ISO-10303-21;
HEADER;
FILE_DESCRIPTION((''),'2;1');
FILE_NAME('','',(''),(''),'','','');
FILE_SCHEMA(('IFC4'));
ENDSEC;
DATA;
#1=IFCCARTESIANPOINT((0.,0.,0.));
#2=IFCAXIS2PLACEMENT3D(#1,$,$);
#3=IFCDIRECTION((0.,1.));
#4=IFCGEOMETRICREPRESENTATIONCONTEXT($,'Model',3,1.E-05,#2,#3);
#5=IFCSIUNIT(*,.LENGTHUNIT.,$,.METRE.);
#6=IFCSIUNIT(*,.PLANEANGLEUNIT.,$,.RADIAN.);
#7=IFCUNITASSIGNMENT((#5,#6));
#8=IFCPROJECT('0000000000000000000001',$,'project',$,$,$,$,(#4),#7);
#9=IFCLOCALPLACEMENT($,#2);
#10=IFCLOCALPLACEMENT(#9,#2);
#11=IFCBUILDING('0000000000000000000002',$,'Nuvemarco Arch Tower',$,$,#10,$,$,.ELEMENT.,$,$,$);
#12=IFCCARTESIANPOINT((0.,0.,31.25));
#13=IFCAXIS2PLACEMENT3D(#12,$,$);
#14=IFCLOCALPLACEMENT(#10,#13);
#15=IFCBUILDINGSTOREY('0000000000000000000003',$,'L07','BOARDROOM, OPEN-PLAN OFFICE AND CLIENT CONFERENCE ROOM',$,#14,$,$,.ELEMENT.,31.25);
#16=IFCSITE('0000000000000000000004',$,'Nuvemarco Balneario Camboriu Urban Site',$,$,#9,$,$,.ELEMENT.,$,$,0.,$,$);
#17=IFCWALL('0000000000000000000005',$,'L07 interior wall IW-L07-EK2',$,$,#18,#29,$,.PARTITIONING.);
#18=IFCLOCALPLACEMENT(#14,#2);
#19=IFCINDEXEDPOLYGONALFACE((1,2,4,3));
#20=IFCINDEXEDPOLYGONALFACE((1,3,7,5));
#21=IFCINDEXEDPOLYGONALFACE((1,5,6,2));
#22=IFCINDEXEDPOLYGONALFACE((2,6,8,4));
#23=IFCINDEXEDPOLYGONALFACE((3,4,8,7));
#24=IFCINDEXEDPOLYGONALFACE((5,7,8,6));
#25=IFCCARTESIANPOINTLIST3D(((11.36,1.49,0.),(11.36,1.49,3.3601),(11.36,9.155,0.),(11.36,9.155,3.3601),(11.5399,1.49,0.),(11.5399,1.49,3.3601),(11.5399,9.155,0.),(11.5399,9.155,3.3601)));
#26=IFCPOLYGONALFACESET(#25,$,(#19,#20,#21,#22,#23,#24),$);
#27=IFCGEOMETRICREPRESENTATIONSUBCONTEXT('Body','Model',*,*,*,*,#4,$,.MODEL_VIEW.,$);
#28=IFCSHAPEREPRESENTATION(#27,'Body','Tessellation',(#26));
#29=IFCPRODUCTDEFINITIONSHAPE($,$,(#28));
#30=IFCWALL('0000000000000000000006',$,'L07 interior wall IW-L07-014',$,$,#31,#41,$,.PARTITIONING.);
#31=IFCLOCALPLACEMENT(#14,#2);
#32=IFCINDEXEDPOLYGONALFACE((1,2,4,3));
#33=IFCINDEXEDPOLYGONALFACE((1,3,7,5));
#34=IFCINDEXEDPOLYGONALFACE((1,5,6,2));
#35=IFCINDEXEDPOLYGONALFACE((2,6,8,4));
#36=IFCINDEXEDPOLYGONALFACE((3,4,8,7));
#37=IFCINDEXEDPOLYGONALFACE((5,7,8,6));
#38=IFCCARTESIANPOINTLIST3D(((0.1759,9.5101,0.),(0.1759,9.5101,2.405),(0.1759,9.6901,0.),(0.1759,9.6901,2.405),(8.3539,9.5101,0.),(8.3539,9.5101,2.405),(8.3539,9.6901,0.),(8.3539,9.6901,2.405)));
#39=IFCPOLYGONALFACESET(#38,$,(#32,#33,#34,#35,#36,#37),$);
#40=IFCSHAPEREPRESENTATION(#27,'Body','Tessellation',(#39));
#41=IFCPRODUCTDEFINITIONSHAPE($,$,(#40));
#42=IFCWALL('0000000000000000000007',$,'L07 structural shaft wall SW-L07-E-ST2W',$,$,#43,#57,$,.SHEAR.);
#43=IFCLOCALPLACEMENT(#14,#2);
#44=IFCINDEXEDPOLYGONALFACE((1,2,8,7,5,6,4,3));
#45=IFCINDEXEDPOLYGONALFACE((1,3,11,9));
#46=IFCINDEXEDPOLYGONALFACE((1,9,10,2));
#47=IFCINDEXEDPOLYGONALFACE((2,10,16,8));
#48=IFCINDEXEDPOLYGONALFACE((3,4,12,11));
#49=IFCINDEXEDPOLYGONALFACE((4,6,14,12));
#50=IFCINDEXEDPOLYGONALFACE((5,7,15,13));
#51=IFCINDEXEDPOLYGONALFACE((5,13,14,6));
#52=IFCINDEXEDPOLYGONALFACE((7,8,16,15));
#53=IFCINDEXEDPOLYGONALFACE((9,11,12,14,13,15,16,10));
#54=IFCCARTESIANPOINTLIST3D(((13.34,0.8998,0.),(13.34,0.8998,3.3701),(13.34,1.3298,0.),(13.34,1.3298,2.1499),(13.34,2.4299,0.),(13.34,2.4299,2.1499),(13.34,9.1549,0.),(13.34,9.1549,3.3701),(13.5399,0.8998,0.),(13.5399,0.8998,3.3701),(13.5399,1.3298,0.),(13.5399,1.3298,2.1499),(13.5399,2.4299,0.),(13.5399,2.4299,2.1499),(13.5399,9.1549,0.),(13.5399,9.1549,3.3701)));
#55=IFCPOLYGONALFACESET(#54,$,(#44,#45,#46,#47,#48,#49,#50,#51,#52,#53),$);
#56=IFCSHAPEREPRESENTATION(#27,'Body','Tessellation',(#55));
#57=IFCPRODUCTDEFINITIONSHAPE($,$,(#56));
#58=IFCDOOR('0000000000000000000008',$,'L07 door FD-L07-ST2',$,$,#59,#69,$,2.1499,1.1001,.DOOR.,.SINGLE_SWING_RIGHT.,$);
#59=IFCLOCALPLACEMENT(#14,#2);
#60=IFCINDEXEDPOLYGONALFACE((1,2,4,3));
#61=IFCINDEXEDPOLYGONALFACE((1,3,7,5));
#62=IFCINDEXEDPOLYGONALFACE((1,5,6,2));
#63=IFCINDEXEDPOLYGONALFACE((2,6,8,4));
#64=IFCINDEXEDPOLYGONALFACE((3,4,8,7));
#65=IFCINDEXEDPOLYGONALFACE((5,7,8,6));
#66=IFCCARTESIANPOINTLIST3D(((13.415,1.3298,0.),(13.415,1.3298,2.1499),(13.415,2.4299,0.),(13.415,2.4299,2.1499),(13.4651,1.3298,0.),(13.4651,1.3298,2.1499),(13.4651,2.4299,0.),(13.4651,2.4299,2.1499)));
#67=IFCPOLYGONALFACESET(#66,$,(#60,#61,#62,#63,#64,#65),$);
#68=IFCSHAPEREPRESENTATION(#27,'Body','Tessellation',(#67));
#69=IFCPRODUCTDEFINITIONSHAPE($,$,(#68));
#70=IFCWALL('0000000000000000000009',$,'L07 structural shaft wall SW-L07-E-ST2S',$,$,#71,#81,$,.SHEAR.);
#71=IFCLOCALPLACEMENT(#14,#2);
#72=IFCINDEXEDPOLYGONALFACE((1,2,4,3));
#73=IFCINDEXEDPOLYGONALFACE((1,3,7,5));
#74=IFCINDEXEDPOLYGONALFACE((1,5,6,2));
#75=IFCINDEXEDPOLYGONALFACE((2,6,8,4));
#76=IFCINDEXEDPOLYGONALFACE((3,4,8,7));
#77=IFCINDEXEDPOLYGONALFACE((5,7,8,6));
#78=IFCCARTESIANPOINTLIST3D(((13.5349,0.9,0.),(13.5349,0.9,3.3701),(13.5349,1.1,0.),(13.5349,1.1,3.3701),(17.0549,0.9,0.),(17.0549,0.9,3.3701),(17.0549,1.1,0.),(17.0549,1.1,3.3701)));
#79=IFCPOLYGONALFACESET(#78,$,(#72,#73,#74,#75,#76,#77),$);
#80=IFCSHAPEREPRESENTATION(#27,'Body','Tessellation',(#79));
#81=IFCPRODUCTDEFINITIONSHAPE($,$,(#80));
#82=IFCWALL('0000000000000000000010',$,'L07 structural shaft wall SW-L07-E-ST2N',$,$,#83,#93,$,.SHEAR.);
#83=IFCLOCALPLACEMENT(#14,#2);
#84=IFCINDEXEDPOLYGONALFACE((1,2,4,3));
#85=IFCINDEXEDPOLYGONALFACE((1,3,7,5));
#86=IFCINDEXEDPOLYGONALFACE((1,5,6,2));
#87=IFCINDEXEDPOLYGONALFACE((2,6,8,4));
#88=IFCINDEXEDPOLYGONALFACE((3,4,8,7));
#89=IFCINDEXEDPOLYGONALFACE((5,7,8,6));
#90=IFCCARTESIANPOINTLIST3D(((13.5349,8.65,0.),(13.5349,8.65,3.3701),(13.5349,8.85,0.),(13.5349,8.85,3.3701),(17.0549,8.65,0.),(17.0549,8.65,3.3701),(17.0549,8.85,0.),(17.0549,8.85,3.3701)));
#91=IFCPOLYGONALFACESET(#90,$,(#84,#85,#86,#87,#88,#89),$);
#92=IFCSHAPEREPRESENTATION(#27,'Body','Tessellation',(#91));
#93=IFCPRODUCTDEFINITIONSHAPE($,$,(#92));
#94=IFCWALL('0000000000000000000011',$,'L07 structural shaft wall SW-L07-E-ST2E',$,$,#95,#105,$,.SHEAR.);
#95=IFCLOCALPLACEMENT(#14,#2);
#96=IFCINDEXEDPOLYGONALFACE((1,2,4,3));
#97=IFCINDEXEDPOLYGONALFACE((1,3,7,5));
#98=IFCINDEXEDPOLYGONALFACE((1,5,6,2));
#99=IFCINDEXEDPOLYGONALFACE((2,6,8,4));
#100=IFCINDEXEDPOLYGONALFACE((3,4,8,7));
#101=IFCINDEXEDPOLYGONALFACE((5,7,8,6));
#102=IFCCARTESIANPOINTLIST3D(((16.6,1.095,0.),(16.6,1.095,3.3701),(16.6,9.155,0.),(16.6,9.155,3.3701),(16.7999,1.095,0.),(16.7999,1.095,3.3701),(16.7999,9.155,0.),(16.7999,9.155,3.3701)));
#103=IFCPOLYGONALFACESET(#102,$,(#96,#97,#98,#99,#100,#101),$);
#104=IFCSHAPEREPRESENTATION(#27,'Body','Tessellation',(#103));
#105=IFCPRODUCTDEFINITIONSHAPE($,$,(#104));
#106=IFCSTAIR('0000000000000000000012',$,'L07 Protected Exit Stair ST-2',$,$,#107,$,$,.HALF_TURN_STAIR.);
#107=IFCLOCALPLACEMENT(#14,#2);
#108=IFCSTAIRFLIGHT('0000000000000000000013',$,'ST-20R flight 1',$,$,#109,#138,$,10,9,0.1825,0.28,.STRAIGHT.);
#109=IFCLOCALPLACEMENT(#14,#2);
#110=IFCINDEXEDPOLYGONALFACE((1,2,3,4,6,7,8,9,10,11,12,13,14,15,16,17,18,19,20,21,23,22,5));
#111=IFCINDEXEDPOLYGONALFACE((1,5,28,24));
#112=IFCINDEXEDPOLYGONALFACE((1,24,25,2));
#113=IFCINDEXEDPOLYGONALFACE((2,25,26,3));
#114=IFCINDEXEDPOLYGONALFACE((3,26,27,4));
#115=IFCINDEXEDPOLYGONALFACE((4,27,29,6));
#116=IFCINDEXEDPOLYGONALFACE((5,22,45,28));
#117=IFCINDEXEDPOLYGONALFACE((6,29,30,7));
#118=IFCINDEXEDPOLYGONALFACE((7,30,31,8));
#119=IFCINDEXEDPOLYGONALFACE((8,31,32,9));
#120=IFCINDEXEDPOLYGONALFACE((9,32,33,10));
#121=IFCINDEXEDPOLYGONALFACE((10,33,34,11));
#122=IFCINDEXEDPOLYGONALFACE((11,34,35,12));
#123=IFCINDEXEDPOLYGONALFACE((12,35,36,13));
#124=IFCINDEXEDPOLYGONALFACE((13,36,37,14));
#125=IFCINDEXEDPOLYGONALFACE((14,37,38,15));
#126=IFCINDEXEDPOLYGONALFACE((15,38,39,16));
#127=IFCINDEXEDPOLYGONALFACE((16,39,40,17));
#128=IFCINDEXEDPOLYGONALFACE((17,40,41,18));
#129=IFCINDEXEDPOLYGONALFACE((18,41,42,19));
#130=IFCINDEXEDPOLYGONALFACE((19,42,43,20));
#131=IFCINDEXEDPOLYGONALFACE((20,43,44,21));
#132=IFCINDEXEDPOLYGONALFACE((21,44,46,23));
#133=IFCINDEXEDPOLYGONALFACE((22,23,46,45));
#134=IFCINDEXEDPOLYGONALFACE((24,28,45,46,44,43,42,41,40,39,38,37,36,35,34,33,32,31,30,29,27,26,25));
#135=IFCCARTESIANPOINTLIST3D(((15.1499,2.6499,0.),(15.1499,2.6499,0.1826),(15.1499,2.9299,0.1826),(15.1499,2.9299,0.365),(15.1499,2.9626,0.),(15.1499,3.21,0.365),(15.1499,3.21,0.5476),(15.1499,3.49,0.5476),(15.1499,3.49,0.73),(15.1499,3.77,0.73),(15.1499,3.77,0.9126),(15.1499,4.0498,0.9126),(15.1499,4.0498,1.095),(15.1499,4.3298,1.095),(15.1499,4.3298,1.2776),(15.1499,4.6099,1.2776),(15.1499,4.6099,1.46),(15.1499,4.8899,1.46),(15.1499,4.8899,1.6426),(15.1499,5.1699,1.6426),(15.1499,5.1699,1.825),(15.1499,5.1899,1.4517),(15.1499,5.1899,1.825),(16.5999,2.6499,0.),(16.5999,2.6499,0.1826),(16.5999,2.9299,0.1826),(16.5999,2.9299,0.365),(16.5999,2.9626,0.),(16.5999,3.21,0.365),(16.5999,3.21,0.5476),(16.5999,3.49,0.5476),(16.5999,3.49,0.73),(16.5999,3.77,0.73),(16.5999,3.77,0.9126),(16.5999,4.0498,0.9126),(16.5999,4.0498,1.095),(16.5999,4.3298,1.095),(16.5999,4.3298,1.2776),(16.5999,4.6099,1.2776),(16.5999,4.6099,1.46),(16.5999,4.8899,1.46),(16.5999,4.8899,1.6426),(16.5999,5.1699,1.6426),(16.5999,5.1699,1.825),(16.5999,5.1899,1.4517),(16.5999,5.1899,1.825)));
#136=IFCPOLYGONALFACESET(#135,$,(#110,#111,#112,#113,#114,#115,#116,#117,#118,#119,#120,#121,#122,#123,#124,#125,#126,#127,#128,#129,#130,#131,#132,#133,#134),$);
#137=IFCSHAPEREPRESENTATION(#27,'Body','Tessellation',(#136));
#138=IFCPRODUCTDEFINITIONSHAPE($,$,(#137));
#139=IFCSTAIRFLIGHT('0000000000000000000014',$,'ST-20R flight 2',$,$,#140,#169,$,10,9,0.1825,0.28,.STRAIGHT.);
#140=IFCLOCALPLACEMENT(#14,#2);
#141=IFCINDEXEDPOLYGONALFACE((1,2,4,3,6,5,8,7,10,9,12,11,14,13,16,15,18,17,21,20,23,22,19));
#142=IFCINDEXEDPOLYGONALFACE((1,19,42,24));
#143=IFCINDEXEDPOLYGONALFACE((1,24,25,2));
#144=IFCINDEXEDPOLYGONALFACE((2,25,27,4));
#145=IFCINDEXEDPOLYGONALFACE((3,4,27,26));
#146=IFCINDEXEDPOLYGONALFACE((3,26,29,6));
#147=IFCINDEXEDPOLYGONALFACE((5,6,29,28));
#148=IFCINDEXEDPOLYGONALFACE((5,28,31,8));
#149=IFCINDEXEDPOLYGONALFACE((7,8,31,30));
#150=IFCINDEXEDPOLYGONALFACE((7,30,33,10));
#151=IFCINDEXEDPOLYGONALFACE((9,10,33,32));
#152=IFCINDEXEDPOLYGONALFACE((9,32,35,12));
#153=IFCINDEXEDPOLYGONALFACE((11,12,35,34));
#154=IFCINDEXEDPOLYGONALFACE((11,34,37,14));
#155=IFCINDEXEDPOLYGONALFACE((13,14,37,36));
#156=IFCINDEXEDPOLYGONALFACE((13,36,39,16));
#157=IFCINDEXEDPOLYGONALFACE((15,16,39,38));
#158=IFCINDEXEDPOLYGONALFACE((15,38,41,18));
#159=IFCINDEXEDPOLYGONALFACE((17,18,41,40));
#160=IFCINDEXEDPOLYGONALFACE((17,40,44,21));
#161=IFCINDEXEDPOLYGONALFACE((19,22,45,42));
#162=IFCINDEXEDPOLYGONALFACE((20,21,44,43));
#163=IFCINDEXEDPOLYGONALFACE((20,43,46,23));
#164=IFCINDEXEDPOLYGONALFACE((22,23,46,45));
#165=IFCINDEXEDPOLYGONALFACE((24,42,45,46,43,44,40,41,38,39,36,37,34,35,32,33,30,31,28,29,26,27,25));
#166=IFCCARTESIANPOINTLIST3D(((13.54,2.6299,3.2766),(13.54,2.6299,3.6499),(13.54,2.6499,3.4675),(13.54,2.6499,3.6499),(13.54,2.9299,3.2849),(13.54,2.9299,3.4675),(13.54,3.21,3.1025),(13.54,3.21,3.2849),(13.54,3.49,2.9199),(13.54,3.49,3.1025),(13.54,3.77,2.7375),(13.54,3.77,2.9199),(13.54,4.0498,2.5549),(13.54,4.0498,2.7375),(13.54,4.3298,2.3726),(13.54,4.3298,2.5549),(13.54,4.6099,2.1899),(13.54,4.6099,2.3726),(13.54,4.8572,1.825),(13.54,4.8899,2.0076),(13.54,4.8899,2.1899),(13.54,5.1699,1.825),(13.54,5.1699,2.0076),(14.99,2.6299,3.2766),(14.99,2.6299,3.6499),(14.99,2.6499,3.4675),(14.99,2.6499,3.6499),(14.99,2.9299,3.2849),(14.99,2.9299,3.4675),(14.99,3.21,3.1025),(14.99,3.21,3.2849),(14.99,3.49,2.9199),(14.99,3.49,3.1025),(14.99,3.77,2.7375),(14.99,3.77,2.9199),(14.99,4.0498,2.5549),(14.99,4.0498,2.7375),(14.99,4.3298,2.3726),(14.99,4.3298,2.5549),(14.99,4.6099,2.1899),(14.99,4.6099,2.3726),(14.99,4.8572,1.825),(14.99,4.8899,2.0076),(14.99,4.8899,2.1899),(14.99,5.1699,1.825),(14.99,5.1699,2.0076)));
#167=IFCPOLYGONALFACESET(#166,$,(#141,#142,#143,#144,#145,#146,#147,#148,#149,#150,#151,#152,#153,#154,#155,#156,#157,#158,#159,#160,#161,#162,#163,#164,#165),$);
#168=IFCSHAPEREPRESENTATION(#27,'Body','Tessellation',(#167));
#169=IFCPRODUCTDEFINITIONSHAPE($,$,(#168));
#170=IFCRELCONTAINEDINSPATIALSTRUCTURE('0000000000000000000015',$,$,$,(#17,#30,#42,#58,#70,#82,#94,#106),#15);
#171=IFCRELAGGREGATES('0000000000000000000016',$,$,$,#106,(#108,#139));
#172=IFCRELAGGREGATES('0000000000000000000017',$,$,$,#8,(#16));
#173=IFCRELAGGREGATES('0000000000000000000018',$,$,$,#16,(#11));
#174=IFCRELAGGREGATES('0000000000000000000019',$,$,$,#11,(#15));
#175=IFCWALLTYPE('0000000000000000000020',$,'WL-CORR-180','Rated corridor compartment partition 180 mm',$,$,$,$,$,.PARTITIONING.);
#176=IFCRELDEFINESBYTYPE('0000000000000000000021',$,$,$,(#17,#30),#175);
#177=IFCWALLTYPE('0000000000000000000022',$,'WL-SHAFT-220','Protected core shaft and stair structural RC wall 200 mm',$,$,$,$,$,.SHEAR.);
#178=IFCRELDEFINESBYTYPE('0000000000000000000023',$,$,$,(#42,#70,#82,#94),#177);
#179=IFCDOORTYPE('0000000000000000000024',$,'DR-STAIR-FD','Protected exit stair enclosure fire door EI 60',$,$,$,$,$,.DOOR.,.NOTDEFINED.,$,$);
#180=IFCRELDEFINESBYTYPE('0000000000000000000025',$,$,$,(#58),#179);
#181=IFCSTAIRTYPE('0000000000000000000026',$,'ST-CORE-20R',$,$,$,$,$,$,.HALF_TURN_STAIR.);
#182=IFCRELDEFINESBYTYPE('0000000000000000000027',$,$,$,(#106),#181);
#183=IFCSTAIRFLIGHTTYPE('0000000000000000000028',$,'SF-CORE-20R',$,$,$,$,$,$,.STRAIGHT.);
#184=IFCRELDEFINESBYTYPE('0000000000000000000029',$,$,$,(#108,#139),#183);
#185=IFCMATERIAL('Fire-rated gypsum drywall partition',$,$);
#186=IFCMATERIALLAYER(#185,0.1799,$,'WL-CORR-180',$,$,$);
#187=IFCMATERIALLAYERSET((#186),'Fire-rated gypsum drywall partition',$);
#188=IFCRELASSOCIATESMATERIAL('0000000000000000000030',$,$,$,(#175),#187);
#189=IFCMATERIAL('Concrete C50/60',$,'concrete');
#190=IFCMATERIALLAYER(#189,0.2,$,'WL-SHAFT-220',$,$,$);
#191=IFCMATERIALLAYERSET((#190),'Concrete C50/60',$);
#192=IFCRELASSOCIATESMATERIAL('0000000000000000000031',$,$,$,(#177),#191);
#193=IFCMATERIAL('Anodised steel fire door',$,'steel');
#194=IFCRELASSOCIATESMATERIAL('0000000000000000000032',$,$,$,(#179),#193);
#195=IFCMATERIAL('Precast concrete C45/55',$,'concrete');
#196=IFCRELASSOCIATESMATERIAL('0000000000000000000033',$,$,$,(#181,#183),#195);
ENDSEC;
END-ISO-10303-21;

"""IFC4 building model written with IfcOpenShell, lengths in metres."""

from ifc_helpers import new_model, si_unit, direction, frame, frame_2d, origin, place, context, subcontext, project, spatial, polyline, rectangle, outline, extrude, source, transform, mapped, material, layer, layer_set, type_object, type_shapes, element, fill, aggregate, save


model = new_model("IFC4")

# Units and contexts
model_context = context("Model", 3, precision=1e-05, world=origin(), true_north=direction((0.0, 1.0)))
body_context = subcontext(model_context, "Body", "Model", "MODEL_VIEW")
ifc_project = project(units=[si_unit("LENGTHUNIT", "METRE"), si_unit("PLANEANGLEUNIT", "RADIAN")], contexts=[model_context])

# Site, building, storey
site_placement = place(None, origin())
site = spatial("IfcSite", under=ifc_project, at=site_placement, Name="Nuvemarco Balneario Camboriu Urban Site", CompositionType="ELEMENT", RefElevation=0.0)
building_placement = place(site_placement, origin())
building = spatial("IfcBuilding", under=site, at=building_placement, Name="Nuvemarco Arch Tower", CompositionType="ELEMENT")
storey_placement = place(building_placement, frame((0.0, 0.0, 31.25)))
storey = spatial("IfcBuildingStorey", under=building, at=storey_placement, Name="L07", Description="BOARDROOM, OPEN-PLAN OFFICE AND CLIENT CONFERENCE ROOM", CompositionType="ELEMENT", Elevation=31.25)

# Shared definitions
ifc_material_1 = material(Name="Precast concrete C45/55", Category="concrete")

# Shared definitions
ifc_material_2 = material(Name="Fire-rated gypsum drywall partition")
ifc_layer_1 = layer(ifc_material_2, 0.1799, Name="WL-CORR-180")
ifc_layer_set_1 = layer_set([ifc_layer_1], Name="Fire-rated gypsum drywall partition")
wall_type_1 = type_object("IfcWallType", Name="WL-CORR-180", Description="Rated corridor compartment partition 180 mm", PredefinedType="PARTITIONING", material=ifc_layer_set_1)
ifc_material_3 = material(Name="Anodised steel fire door", Category="steel")

# Walls
wall_1_placement = place(storey_placement, frame((11.45, 1.49, 0.0), z_axis=(0.0, 0.0, 1.0), x_axis=(0.0, 1.0, 0.0)))
element("IfcWall", 1, at=wall_1_placement, inside=storey, type_object=wall_type_1, Name="L07 interior wall IW-L07-EK2", PredefinedType="PARTITIONING", context=body_context, shape_type="SweptSolid", body=[
    extrude(rectangle(XDim=7.665, YDim=0.1799, at=frame_2d((3.8325, 0.0))), origin(), (0.0, 0.0, 1.0), 3.3601),
])
wall_2_placement = place(storey_placement, frame((0.176, 9.6001, 0.0), z_axis=(0.0, 0.0, 1.0), x_axis=(1.0, 0.0, 0.0)))
element("IfcWall", 2, at=wall_2_placement, inside=storey, type_object=wall_type_1, Name="L07 interior wall IW-L07-014", PredefinedType="PARTITIONING", context=body_context, shape_type="SweptSolid", body=[
    extrude(rectangle(XDim=8.178, YDim=0.1799, at=frame_2d((4.0889, 0.0))), origin(), (0.0, 0.0, 1.0), 2.405),
])

# Wall, opening, door
ifc_material_4 = material(Name="Concrete C50/60", Category="concrete")
ifc_layer_2 = layer(ifc_material_4, 0.2, Name="WL-SHAFT-220")
ifc_layer_set_2 = layer_set([ifc_layer_2], Name="Concrete C50/60")
wall_type_2 = type_object("IfcWallType", Name="WL-SHAFT-220", Description="Protected core shaft and stair structural RC wall 200 mm", PredefinedType="SHEAR", material=ifc_layer_set_2)
wall_3_placement = place(storey_placement, frame((13.4399, 0.8999, 0.0), z_axis=(0.0, 0.0, 1.0), x_axis=(0.0, 1.0, 0.0)))
wall_3 = element("IfcWall", 3, at=wall_3_placement, inside=storey, type_object=wall_type_2, Name="L07 structural shaft wall SW-L07-E-ST2W", PredefinedType="SHEAR", context=body_context, shape_type="SweptSolid", body=[
    extrude(rectangle(XDim=8.2551, YDim=0.2, at=frame_2d((4.1274, 0.0))), origin(), (0.0, 0.0, 1.0), 3.3701),
])
opening_1_placement = place(wall_3_placement, frame((0.4299, 0.0, 0.0)))
opening_1 = element("IfcOpeningElement", 4, at=opening_1_placement, cuts=wall_3, PredefinedType="OPENING", context=body_context, shape_type="SweptSolid", body=[
    extrude(rectangle(XDim=1.1001, YDim=2.1499, at=frame_2d((0.55, 1.075))), frame((0.0, 0.1099, 0.0), z_axis=(0.0, -1.0, 0.0), x_axis=(1.0, 0.0, 0.0)), (0.0, 0.0, 1.0), 0.22),
])
door_type_1 = type_object("IfcDoorType", Name="DR-STAIR-FD", Description="Protected exit stair enclosure fire door EI 60", OperationType="NOTDEFINED", PredefinedType="DOOR", material=ifc_material_3)
shared_shape_1 = source(origin(), body_context, "Body", "SweptSolid", [
    extrude(rectangle(XDim=1.1001, YDim=2.1499, at=frame_2d((0.55, 1.075))), frame((0.0, 0.0249, 0.0), z_axis=(0.0, -1.0, 0.0), x_axis=(1.0, 0.0, 0.0)), (0.0, 0.0, 1.0), 0.05),
])
type_shapes(door_type_1, [shared_shape_1])
door_1_placement = place(opening_1_placement, origin())
door_1 = element("IfcDoor", 5, at=door_1_placement, inside=storey, type_object=door_type_1, Name="L07 door FD-L07-ST2", OperationType="SINGLE_SWING_RIGHT", OverallHeight=2.1499, OverallWidth=1.1001, PredefinedType="DOOR", context=body_context, shape_type="MappedRepresentation", body=[
    mapped(shared_shape_1, transform((0.0, 0.0, 0.0), scale=1.0)),
])
fill(opening_1, door_1)

# Walls
for number, where, z_axis, x_axis, name in (
    (6, (13.5349, 1.0, 0.0), (0.0, 0.0, 1.0), (1.0, 0.0, 0.0), "L07 structural shaft wall SW-L07-E-ST2S"),
    (7, (13.5349, 8.75, 0.0), (0.0, 0.0, 1.0), (1.0, 0.0, 0.0), "L07 structural shaft wall SW-L07-E-ST2N"),
):
    element("IfcWall", number, at=place(storey_placement, frame(where, z_axis=z_axis, x_axis=x_axis)), inside=storey, type_object=wall_type_2, Name=name, PredefinedType="SHEAR", context=body_context, shape_type="SweptSolid", body=[
        extrude(rectangle(XDim=3.52, YDim=0.2, at=frame_2d((1.76, 0.0))), origin(), (0.0, 0.0, 1.0), 3.3701),
    ])
wall_4_placement = place(storey_placement, frame((16.7, 1.095, 0.0), z_axis=(0.0, 0.0, 1.0), x_axis=(0.0, 1.0, 0.0)))
element("IfcWall", 8, at=wall_4_placement, inside=storey, type_object=wall_type_2, Name="L07 structural shaft wall SW-L07-E-ST2E", PredefinedType="SHEAR", context=body_context, shape_type="SweptSolid", body=[
    extrude(rectangle(XDim=8.0601, YDim=0.2, at=frame_2d((4.03, 0.0))), origin(), (0.0, 0.0, 1.0), 3.3701),
])

# Stair, stair flights
stair_type = type_object("IfcStairType", Name="ST-CORE-20R", PredefinedType="HALF_TURN_STAIR", material=ifc_material_1)
stair_placement = place(storey_placement, origin())
stair = element("IfcStair", 9, at=stair_placement, inside=storey, type_object=stair_type, Name="L07 Protected Exit Stair ST-2", PredefinedType="HALF_TURN_STAIR")
stair_flight_type = type_object("IfcStairFlightType", Name="SF-CORE-20R", PredefinedType="STRAIGHT", material=ifc_material_1)
stair_flight_1_placement = place(storey_placement, frame((15.875, 2.6499, 0.0), z_axis=(0.0, 0.0, 1.0), x_axis=(0.0, 1.0, 0.0)))
stair_flight_1 = element("IfcStairFlight", 10, at=stair_flight_1_placement, type_object=stair_flight_type, Name="ST-20R flight 1", NumberOfRisers=10, NumberOfTreads=9, PredefinedType="STRAIGHT", RiserHeight=0.1825, TreadLength=0.28, context=body_context, shape_type="SweptSolid", body=[
    extrude(outline(polyline([(0.0, 0.0), (0.0, 0.1826), (0.28, 0.1826), (0.28, 0.365), (0.5601, 0.365), (0.5601, 0.5476), (0.8401, 0.5476), (0.8401, 0.73), (1.1201, 0.73), (1.1201, 0.9126), (1.3999, 0.9126), (1.3999, 1.095), (1.6799, 1.095), (1.6799, 1.2776), (1.96, 1.2776), (1.96, 1.46), (2.24, 1.46), (2.24, 1.6426), (2.52, 1.6426), (2.52, 1.825), (2.54, 1.825), (2.54, 1.4517), (0.3127, 0.0), (0.0, 0.0)])), frame((0.0, 0.7251, 0.0), z_axis=(0.0, -1.0, 0.0), x_axis=(1.0, 0.0, 0.0)), (0.0, 0.0, 1.0), 1.45),
])
stair_flight_2_placement = place(storey_placement, frame((14.2649, 5.1699, 1.825), z_axis=(0.0, 0.0, 1.0), x_axis=(0.0, -1.0, 0.0)))
stair_flight_2 = element("IfcStairFlight", 11, at=stair_flight_2_placement, type_object=stair_flight_type, Name="ST-20R flight 2", NumberOfRisers=10, NumberOfTreads=9, PredefinedType="STRAIGHT", RiserHeight=0.1825, TreadLength=0.28, context=body_context, shape_type="SweptSolid", body=[
    extrude(outline(polyline([(0.0, 0.0), (0.0, 0.1826), (0.28, 0.1826), (0.28, 0.365), (0.5601, 0.365), (0.5601, 0.5476), (0.8401, 0.5476), (0.8401, 0.73), (1.1201, 0.73), (1.1201, 0.9126), (1.3999, 0.9126), (1.3999, 1.095), (1.6799, 1.095), (1.6799, 1.2776), (1.96, 1.2776), (1.96, 1.46), (2.24, 1.46), (2.24, 1.6426), (2.52, 1.6426), (2.52, 1.825), (2.54, 1.825), (2.54, 1.4517), (0.3127, 0.0), (0.0, 0.0)])), frame((0.0, 0.7251, 0.0), z_axis=(0.0, -1.0, 0.0), x_axis=(1.0, 0.0, 0.0)), (0.0, 0.0, 1.0), 1.45),
])
aggregate(stair, [stair_flight_1, stair_flight_2])

save(model, "model.ifc")
